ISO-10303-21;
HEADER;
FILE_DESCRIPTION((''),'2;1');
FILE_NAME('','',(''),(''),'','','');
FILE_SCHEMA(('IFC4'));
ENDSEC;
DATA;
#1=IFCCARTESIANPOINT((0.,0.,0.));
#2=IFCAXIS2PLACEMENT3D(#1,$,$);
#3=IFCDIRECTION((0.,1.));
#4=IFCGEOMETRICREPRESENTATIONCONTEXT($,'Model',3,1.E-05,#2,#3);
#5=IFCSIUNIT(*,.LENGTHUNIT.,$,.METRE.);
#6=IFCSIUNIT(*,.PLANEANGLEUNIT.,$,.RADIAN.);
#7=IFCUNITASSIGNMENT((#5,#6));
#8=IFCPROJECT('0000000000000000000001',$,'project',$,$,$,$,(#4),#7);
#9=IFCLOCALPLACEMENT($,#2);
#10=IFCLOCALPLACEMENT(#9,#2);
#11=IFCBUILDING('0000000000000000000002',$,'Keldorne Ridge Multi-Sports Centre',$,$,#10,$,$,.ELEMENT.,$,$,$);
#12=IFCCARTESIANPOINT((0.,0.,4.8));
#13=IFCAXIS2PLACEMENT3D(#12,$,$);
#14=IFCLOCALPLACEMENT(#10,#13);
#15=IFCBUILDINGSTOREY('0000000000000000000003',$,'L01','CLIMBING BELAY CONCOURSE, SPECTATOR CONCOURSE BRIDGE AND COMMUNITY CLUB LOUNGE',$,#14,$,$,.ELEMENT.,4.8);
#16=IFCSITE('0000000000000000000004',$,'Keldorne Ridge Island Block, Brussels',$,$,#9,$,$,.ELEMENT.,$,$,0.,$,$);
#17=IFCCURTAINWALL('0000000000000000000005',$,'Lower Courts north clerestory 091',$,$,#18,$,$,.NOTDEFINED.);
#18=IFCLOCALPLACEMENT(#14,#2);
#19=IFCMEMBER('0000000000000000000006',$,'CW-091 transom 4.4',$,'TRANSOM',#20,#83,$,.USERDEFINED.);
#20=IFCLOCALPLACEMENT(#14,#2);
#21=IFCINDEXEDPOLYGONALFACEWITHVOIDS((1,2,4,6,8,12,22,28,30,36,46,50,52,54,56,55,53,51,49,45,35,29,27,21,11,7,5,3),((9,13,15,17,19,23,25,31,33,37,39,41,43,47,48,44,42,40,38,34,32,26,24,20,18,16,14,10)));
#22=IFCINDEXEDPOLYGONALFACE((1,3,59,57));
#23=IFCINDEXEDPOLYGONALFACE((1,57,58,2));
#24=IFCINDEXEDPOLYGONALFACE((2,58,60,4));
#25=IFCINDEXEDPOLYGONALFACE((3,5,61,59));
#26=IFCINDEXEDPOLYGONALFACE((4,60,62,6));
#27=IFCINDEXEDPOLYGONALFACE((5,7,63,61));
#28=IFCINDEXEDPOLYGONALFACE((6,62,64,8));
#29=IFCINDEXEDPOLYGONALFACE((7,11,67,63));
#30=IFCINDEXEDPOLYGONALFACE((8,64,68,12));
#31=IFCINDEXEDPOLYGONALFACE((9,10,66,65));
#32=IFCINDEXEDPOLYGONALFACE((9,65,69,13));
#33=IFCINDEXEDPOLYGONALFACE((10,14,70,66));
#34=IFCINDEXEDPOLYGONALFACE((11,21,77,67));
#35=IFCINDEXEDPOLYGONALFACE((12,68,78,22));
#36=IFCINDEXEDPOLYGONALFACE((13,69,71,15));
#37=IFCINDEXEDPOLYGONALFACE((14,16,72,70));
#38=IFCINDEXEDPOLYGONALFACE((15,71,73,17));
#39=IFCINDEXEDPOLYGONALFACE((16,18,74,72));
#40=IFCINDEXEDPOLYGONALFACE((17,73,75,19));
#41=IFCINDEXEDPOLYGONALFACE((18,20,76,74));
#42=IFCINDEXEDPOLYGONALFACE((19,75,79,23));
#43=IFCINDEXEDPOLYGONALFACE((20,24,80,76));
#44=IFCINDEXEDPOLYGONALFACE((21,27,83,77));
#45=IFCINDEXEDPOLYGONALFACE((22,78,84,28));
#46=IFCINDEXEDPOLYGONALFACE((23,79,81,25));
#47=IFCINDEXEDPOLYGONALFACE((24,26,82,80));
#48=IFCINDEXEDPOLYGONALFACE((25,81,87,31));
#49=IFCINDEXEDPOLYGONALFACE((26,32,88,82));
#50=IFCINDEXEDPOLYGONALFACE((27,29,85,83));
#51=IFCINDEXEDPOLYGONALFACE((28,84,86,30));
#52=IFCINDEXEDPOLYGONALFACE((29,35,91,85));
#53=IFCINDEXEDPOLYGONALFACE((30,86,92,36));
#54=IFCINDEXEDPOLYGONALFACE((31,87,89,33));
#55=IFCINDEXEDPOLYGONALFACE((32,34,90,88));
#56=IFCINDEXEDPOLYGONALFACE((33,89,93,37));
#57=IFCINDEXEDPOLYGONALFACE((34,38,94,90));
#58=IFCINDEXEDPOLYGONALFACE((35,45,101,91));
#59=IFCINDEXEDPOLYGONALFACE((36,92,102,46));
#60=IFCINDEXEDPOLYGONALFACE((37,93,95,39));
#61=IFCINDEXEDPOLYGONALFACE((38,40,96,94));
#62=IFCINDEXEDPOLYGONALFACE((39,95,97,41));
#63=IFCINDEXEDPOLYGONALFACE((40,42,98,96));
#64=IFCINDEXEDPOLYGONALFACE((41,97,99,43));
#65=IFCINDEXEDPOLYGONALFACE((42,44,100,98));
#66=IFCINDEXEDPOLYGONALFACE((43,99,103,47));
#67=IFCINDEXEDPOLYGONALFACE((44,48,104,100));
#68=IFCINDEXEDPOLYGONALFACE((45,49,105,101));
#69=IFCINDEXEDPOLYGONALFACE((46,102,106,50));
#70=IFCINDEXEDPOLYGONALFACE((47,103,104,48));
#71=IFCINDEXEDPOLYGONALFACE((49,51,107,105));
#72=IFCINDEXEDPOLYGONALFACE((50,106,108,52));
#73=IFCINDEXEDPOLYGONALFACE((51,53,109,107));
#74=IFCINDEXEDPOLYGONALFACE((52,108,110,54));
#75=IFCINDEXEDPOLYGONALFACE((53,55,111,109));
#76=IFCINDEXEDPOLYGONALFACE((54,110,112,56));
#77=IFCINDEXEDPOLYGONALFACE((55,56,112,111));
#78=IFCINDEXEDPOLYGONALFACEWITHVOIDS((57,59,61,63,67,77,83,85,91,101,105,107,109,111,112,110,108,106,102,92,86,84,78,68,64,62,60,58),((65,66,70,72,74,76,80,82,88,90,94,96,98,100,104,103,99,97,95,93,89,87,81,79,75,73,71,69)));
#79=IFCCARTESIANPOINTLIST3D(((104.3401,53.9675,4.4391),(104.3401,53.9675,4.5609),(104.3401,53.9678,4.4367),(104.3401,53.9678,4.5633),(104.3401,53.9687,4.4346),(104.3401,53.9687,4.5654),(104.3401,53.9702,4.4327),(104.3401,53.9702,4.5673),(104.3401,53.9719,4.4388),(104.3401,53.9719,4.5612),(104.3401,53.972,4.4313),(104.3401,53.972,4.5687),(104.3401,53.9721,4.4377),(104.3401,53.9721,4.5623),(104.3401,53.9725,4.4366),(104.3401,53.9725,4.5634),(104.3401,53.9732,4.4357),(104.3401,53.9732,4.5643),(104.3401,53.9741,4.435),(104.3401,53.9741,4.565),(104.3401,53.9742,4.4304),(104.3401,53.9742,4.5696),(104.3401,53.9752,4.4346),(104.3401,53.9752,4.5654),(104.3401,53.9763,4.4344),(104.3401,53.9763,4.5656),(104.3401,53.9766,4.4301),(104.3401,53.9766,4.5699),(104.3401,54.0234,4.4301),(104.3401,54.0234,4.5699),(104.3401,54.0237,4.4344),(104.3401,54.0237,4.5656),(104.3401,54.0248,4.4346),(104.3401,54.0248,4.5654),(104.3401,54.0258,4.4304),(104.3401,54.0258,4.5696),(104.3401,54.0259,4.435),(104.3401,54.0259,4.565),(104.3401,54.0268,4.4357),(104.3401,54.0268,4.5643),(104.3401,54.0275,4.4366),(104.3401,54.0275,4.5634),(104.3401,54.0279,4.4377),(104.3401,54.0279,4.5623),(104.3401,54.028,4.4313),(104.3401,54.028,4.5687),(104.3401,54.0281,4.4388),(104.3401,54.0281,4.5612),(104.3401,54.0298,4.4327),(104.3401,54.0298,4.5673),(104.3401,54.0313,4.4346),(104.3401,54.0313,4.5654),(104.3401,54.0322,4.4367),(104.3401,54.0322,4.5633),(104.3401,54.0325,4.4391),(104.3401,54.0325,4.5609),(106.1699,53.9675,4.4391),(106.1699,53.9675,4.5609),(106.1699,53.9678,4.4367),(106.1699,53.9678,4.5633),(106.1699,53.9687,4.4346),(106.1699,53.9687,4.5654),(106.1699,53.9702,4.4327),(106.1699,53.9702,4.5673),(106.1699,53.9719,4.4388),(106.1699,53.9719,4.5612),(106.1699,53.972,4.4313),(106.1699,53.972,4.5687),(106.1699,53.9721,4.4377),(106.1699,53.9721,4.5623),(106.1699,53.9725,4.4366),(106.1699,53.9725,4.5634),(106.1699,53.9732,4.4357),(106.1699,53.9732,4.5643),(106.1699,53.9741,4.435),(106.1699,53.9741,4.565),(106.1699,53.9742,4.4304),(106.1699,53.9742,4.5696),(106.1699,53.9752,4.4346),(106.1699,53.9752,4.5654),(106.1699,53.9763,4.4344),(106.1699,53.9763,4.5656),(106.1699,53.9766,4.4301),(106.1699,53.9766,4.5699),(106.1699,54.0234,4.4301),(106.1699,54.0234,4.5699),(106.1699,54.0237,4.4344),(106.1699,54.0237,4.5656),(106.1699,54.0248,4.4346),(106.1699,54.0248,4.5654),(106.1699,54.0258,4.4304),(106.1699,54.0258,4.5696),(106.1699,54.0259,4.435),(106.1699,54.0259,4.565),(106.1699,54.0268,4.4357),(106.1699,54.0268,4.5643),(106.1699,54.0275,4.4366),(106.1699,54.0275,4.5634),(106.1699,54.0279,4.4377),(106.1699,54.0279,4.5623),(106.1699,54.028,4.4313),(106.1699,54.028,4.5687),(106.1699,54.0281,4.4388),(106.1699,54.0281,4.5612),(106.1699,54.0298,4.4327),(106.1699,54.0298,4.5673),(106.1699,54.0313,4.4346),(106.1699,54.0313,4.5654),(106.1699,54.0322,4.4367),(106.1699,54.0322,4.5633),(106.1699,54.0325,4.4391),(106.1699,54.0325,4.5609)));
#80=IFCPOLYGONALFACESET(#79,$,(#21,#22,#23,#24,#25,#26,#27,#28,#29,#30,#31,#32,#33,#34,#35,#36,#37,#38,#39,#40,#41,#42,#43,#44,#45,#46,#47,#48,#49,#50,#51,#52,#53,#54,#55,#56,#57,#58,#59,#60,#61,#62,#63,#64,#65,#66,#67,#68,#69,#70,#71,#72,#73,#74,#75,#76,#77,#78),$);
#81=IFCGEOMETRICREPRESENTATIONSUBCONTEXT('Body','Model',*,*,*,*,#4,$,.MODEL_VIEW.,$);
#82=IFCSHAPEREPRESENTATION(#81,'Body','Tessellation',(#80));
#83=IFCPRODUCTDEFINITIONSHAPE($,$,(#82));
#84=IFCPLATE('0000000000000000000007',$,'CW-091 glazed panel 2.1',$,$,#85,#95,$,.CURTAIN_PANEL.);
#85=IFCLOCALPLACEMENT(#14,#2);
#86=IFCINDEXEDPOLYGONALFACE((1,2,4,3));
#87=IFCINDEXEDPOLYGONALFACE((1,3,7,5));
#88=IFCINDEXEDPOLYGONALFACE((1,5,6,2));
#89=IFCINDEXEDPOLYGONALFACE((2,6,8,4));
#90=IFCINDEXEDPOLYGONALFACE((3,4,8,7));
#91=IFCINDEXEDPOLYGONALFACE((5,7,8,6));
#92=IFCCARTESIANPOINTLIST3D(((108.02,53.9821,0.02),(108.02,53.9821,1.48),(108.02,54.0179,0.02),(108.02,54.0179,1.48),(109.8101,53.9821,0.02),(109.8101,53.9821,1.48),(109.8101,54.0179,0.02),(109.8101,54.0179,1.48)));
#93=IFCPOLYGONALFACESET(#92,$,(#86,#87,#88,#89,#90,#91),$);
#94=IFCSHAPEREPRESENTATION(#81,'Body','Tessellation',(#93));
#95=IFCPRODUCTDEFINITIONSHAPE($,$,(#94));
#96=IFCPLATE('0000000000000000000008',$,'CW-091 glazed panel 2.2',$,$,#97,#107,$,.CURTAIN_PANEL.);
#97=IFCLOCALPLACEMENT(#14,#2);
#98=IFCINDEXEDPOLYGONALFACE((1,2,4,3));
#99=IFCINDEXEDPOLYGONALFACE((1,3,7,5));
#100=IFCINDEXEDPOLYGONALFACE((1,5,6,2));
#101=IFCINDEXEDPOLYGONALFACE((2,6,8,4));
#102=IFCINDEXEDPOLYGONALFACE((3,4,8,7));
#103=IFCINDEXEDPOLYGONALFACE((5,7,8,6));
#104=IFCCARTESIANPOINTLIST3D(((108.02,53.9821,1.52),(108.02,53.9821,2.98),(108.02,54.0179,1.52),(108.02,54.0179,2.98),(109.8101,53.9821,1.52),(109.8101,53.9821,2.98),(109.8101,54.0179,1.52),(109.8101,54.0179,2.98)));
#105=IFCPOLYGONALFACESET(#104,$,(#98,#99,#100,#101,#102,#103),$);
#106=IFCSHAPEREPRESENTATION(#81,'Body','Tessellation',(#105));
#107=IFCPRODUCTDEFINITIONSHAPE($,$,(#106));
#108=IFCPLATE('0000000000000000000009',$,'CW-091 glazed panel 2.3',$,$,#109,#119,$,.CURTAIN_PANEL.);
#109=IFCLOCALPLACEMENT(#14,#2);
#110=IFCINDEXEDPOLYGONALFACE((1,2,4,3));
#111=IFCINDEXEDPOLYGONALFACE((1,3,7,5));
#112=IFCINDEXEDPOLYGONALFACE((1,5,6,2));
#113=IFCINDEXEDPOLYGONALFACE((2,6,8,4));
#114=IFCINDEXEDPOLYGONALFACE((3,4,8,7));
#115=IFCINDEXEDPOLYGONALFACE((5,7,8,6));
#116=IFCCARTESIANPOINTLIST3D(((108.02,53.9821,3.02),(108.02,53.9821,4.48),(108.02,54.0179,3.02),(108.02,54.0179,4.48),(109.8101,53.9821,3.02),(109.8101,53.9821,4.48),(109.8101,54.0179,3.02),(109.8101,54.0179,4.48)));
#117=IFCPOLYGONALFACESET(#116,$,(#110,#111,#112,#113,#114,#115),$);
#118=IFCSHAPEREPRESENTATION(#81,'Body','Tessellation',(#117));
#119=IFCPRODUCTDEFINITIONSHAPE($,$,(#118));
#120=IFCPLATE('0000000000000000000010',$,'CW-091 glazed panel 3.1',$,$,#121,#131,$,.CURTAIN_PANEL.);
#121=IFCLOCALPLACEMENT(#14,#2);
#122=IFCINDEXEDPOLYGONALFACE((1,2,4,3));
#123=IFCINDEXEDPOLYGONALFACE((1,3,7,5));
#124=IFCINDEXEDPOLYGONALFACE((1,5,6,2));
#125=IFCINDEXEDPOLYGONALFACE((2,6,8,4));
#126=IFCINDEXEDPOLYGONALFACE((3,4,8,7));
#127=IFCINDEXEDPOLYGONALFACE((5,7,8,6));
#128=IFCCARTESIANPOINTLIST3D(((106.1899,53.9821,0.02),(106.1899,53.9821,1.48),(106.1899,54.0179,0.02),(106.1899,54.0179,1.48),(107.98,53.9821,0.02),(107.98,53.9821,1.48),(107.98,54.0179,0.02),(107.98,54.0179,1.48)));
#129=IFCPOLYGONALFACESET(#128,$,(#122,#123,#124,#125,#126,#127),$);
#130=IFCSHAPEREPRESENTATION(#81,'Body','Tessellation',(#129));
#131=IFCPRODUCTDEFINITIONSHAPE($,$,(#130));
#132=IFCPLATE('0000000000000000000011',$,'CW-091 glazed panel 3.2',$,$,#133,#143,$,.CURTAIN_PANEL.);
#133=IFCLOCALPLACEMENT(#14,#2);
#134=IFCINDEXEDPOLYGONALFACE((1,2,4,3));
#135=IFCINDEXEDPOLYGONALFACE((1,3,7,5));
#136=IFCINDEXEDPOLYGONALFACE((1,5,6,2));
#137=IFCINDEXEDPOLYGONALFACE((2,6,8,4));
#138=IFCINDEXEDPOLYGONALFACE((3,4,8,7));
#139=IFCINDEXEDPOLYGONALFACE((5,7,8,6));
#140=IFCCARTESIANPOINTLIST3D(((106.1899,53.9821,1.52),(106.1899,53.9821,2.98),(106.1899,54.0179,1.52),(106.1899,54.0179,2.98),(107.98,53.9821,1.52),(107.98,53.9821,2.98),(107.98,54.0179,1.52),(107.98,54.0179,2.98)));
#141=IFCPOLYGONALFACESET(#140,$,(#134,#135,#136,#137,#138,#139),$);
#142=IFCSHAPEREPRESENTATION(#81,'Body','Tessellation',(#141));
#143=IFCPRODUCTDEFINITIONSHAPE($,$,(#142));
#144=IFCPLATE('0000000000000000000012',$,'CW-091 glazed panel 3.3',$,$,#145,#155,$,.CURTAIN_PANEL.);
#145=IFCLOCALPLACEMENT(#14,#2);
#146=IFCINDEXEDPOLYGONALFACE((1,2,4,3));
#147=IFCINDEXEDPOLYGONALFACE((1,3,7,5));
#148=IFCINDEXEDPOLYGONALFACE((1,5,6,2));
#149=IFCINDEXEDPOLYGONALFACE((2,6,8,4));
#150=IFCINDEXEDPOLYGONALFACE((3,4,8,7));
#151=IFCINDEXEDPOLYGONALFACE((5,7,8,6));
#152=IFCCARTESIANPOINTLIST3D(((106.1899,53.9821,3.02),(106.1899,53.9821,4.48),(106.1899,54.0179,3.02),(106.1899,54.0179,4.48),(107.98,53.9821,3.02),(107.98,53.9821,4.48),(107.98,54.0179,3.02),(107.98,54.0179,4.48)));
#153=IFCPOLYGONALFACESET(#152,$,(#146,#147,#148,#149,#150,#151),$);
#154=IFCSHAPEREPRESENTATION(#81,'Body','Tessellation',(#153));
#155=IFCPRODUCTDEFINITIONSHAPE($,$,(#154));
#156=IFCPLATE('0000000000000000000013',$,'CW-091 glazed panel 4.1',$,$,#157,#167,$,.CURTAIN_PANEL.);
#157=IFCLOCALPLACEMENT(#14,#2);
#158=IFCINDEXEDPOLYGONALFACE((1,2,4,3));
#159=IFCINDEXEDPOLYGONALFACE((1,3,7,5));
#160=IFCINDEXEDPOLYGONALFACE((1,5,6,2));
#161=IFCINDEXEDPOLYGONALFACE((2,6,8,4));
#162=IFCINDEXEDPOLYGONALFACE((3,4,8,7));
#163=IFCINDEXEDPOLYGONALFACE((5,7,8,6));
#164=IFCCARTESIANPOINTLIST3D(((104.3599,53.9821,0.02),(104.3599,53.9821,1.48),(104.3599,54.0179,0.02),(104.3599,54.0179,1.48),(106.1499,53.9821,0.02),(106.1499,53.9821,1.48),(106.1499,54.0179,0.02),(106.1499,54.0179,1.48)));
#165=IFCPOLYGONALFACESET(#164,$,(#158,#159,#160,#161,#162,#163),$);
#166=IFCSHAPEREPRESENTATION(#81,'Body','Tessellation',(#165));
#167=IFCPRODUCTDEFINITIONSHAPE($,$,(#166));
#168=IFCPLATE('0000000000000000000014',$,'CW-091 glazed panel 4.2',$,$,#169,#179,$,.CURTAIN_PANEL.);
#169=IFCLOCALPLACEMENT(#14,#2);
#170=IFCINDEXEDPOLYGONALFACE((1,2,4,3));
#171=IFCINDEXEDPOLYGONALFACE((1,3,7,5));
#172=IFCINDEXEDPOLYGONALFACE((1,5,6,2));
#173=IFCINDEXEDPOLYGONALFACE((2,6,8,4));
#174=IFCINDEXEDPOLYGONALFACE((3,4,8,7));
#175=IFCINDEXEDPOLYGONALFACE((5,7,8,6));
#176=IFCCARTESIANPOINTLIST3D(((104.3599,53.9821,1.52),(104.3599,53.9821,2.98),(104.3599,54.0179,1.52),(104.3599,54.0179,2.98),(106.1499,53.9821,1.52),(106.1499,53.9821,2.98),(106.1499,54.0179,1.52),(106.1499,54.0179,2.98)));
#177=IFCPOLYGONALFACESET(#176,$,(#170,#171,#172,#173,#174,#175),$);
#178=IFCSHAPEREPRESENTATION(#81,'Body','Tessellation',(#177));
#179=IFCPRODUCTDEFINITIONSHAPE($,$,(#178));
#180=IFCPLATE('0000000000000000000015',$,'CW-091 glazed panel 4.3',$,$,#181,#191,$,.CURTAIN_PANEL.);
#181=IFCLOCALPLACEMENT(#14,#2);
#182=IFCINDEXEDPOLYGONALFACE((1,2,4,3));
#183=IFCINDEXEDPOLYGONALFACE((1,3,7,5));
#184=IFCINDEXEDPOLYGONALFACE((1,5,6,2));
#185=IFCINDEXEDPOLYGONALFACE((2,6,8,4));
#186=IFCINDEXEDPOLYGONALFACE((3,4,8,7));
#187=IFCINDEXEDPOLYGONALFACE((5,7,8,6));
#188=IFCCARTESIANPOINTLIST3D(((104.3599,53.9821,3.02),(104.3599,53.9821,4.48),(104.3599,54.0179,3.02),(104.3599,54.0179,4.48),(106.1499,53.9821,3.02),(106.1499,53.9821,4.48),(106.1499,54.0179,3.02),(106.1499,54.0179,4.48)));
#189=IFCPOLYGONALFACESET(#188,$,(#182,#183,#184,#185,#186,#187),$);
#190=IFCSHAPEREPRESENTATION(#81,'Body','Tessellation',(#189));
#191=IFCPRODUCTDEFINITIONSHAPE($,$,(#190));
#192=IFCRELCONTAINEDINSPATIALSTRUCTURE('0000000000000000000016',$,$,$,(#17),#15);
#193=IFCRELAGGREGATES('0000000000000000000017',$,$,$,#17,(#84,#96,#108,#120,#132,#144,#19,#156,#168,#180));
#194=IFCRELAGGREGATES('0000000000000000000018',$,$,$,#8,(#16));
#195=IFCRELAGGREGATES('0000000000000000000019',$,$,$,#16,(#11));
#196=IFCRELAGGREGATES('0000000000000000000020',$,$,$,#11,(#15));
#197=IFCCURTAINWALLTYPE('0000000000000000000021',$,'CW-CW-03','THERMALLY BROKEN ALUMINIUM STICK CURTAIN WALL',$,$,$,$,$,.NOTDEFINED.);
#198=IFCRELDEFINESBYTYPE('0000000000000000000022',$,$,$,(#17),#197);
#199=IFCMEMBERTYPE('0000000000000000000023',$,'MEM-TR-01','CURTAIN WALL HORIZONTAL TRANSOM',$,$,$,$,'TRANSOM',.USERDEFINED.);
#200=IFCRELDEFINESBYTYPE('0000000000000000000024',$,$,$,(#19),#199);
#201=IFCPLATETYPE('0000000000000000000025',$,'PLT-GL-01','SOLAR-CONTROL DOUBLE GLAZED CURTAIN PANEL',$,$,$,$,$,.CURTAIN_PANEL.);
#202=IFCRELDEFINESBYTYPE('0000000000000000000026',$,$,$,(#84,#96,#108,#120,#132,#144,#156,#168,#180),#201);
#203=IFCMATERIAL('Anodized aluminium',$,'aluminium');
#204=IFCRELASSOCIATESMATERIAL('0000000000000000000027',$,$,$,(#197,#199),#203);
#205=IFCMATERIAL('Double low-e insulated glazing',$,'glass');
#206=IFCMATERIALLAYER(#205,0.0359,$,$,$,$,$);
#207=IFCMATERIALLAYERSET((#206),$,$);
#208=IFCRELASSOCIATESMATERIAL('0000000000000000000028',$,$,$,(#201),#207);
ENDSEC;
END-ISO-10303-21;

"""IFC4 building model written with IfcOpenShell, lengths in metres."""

from ifc_helpers import new_model, si_unit, direction, frame, origin, origin_2d, place, context, subcontext, project, spatial, rectangle, hollow_rectangle, extrude, material, layer, layer_set, material_profile, profile_set, type_object, element, aggregate, save


model = new_model("IFC4")

# Units and contexts
model_context = context("Model", 3, precision=1e-05, world=origin(), true_north=direction((0.0, 1.0)))
body_context = subcontext(model_context, "Body", "Model", "MODEL_VIEW")
ifc_project = project(units=[si_unit("LENGTHUNIT", "METRE"), si_unit("PLANEANGLEUNIT", "RADIAN")], contexts=[model_context])

# Site, building, storey
site_placement = place(None, origin())
site = spatial("IfcSite", under=ifc_project, at=site_placement, Name="Keldorne Ridge Island Block, Brussels", CompositionType="ELEMENT", RefElevation=0.0)
building_placement = place(site_placement, origin())
building = spatial("IfcBuilding", under=site, at=building_placement, Name="Keldorne Ridge Multi-Sports Centre", CompositionType="ELEMENT")
storey_placement = place(building_placement, frame((0.0, 0.0, 4.8)))
storey = spatial("IfcBuildingStorey", under=building, at=storey_placement, Name="L01", Description="CLIMBING BELAY CONCOURSE, SPECTATOR CONCOURSE BRIDGE AND COMMUNITY CLUB LOUNGE", CompositionType="ELEMENT", Elevation=4.8)

# Curtain wall, member, plates
ifc_material_1 = material(Name="Anodized aluminium", Category="aluminium")
curtain_wall_type = type_object("IfcCurtainWallType", Name="CW-CW-03", Description="THERMALLY BROKEN ALUMINIUM STICK CURTAIN WALL", PredefinedType="NOTDEFINED", material=ifc_material_1)
curtain_wall_placement = place(storey_placement, origin())
curtain_wall = element("IfcCurtainWall", 1, at=curtain_wall_placement, inside=storey, type_object=curtain_wall_type, Name="Lower Courts north clerestory 091", PredefinedType="NOTDEFINED")
ifc_material_profile_1 = material_profile(ifc_material_1, hollow_rectangle(XDim=0.0649, YDim=0.1399, WallThickness=0.0044, InnerFilletRadius=0.0044, OuterFilletRadius=0.009, at=origin_2d()), Name="ALU TRANSOM 140x65x4.5")
ifc_profile_set_1 = profile_set([ifc_material_profile_1], Name="Anodized aluminium")
member_type_1 = type_object("IfcMemberType", Name="MEM-TR-01", Description="CURTAIN WALL HORIZONTAL TRANSOM", ElementType="TRANSOM", PredefinedType="USERDEFINED", material=ifc_profile_set_1)
member_1_placement = place(storey_placement, frame((106.1699, 54.0, 4.5), z_axis=(-1.0, 0.0, 0.0), x_axis=(0.0, -1.0, 0.0)))
member_1 = element("IfcMember", 2, at=member_1_placement, type_object=member_type_1, Name="CW-091 transom 4.4", ObjectType="TRANSOM", PredefinedType="USERDEFINED", context=body_context, shape_type="SweptSolid", body=[
    extrude(hollow_rectangle(XDim=0.0649, YDim=0.1399, WallThickness=0.0044, InnerFilletRadius=0.0044, OuterFilletRadius=0.009, at=origin_2d()), origin(), (0.0, 0.0, 1.0), 1.8298),
])
ifc_material_2 = material(Name="Double low-e insulated glazing", Category="glass")
ifc_layer_1 = layer(ifc_material_2, 0.0359)
ifc_layer_set_1 = layer_set([ifc_layer_1])
plate_type = type_object("IfcPlateType", Name="PLT-GL-01", Description="SOLAR-CONTROL DOUBLE GLAZED CURTAIN PANEL", PredefinedType="CURTAIN_PANEL", material=ifc_layer_set_1)
plate_1_placement = place(storey_placement, frame((108.915, 54.0, 0.02), z_axis=(0.0, 0.0, 1.0), x_axis=(-1.0, 0.0, 0.0)))
plate_1 = element("IfcPlate", 3, at=plate_1_placement, type_object=plate_type, Name="CW-091 glazed panel 2.1", PredefinedType="CURTAIN_PANEL", context=body_context, shape_type="SweptSolid", body=[
    extrude(rectangle(XDim=1.79, YDim=0.0359, at=origin_2d()), origin(), (0.0, 0.0, 1.0), 1.46),
])
plate_2_placement = place(storey_placement, frame((108.915, 54.0, 1.52), z_axis=(0.0, 0.0, 1.0), x_axis=(-1.0, 0.0, 0.0)))
plate_2 = element("IfcPlate", 4, at=plate_2_placement, type_object=plate_type, Name="CW-091 glazed panel 2.2", PredefinedType="CURTAIN_PANEL", context=body_context, shape_type="SweptSolid", body=[
    extrude(rectangle(XDim=1.79, YDim=0.0359, at=origin_2d()), origin(), (0.0, 0.0, 1.0), 1.46),
])
plate_3_placement = place(storey_placement, frame((108.915, 54.0, 3.02), z_axis=(0.0, 0.0, 1.0), x_axis=(-1.0, 0.0, 0.0)))
plate_3 = element("IfcPlate", 5, at=plate_3_placement, type_object=plate_type, Name="CW-091 glazed panel 2.3", PredefinedType="CURTAIN_PANEL", context=body_context, shape_type="SweptSolid", body=[
    extrude(rectangle(XDim=1.79, YDim=0.0359, at=origin_2d()), origin(), (0.0, 0.0, 1.0), 1.46),
])
plate_4_placement = place(storey_placement, frame((107.085, 54.0, 0.02), z_axis=(0.0, 0.0, 1.0), x_axis=(-1.0, 0.0, 0.0)))
plate_4 = element("IfcPlate", 6, at=plate_4_placement, type_object=plate_type, Name="CW-091 glazed panel 3.1", PredefinedType="CURTAIN_PANEL", context=body_context, shape_type="SweptSolid", body=[
    extrude(rectangle(XDim=1.79, YDim=0.0359, at=origin_2d()), origin(), (0.0, 0.0, 1.0), 1.46),
])
plate_5_placement = place(storey_placement, frame((107.085, 54.0, 1.52), z_axis=(0.0, 0.0, 1.0), x_axis=(-1.0, 0.0, 0.0)))
plate_5 = element("IfcPlate", 7, at=plate_5_placement, type_object=plate_type, Name="CW-091 glazed panel 3.2", PredefinedType="CURTAIN_PANEL", context=body_context, shape_type="SweptSolid", body=[
    extrude(rectangle(XDim=1.79, YDim=0.0359, at=origin_2d()), origin(), (0.0, 0.0, 1.0), 1.46),
])
plate_6_placement = place(storey_placement, frame((107.085, 54.0, 3.02), z_axis=(0.0, 0.0, 1.0), x_axis=(-1.0, 0.0, 0.0)))
plate_6 = element("IfcPlate", 8, at=plate_6_placement, type_object=plate_type, Name="CW-091 glazed panel 3.3", PredefinedType="CURTAIN_PANEL", context=body_context, shape_type="SweptSolid", body=[
    extrude(rectangle(XDim=1.79, YDim=0.0359, at=origin_2d()), origin(), (0.0, 0.0, 1.0), 1.46),
])
plate_7_placement = place(storey_placement, frame((105.2549, 54.0, 0.02), z_axis=(0.0, 0.0, 1.0), x_axis=(-1.0, 0.0, 0.0)))
plate_7 = element("IfcPlate", 9, at=plate_7_placement, type_object=plate_type, Name="CW-091 glazed panel 4.1", PredefinedType="CURTAIN_PANEL", context=body_context, shape_type="SweptSolid", body=[
    extrude(rectangle(XDim=1.79, YDim=0.0359, at=origin_2d()), origin(), (0.0, 0.0, 1.0), 1.46),
])
plate_8_placement = place(storey_placement, frame((105.2549, 54.0, 1.52), z_axis=(0.0, 0.0, 1.0), x_axis=(-1.0, 0.0, 0.0)))
plate_8 = element("IfcPlate", 10, at=plate_8_placement, type_object=plate_type, Name="CW-091 glazed panel 4.2", PredefinedType="CURTAIN_PANEL", context=body_context, shape_type="SweptSolid", body=[
    extrude(rectangle(XDim=1.79, YDim=0.0359, at=origin_2d()), origin(), (0.0, 0.0, 1.0), 1.46),
])
plate_9_placement = place(storey_placement, frame((105.2549, 54.0, 3.02), z_axis=(0.0, 0.0, 1.0), x_axis=(-1.0, 0.0, 0.0)))
plate_9 = element("IfcPlate", 11, at=plate_9_placement, type_object=plate_type, Name="CW-091 glazed panel 4.3", PredefinedType="CURTAIN_PANEL", context=body_context, shape_type="SweptSolid", body=[
    extrude(rectangle(XDim=1.79, YDim=0.0359, at=origin_2d()), origin(), (0.0, 0.0, 1.0), 1.46),
])
aggregate(curtain_wall, [plate_1, plate_2, plate_3, plate_4, plate_5, plate_6, member_1, plate_7, plate_8, plate_9])

save(model, "model.ifc")
